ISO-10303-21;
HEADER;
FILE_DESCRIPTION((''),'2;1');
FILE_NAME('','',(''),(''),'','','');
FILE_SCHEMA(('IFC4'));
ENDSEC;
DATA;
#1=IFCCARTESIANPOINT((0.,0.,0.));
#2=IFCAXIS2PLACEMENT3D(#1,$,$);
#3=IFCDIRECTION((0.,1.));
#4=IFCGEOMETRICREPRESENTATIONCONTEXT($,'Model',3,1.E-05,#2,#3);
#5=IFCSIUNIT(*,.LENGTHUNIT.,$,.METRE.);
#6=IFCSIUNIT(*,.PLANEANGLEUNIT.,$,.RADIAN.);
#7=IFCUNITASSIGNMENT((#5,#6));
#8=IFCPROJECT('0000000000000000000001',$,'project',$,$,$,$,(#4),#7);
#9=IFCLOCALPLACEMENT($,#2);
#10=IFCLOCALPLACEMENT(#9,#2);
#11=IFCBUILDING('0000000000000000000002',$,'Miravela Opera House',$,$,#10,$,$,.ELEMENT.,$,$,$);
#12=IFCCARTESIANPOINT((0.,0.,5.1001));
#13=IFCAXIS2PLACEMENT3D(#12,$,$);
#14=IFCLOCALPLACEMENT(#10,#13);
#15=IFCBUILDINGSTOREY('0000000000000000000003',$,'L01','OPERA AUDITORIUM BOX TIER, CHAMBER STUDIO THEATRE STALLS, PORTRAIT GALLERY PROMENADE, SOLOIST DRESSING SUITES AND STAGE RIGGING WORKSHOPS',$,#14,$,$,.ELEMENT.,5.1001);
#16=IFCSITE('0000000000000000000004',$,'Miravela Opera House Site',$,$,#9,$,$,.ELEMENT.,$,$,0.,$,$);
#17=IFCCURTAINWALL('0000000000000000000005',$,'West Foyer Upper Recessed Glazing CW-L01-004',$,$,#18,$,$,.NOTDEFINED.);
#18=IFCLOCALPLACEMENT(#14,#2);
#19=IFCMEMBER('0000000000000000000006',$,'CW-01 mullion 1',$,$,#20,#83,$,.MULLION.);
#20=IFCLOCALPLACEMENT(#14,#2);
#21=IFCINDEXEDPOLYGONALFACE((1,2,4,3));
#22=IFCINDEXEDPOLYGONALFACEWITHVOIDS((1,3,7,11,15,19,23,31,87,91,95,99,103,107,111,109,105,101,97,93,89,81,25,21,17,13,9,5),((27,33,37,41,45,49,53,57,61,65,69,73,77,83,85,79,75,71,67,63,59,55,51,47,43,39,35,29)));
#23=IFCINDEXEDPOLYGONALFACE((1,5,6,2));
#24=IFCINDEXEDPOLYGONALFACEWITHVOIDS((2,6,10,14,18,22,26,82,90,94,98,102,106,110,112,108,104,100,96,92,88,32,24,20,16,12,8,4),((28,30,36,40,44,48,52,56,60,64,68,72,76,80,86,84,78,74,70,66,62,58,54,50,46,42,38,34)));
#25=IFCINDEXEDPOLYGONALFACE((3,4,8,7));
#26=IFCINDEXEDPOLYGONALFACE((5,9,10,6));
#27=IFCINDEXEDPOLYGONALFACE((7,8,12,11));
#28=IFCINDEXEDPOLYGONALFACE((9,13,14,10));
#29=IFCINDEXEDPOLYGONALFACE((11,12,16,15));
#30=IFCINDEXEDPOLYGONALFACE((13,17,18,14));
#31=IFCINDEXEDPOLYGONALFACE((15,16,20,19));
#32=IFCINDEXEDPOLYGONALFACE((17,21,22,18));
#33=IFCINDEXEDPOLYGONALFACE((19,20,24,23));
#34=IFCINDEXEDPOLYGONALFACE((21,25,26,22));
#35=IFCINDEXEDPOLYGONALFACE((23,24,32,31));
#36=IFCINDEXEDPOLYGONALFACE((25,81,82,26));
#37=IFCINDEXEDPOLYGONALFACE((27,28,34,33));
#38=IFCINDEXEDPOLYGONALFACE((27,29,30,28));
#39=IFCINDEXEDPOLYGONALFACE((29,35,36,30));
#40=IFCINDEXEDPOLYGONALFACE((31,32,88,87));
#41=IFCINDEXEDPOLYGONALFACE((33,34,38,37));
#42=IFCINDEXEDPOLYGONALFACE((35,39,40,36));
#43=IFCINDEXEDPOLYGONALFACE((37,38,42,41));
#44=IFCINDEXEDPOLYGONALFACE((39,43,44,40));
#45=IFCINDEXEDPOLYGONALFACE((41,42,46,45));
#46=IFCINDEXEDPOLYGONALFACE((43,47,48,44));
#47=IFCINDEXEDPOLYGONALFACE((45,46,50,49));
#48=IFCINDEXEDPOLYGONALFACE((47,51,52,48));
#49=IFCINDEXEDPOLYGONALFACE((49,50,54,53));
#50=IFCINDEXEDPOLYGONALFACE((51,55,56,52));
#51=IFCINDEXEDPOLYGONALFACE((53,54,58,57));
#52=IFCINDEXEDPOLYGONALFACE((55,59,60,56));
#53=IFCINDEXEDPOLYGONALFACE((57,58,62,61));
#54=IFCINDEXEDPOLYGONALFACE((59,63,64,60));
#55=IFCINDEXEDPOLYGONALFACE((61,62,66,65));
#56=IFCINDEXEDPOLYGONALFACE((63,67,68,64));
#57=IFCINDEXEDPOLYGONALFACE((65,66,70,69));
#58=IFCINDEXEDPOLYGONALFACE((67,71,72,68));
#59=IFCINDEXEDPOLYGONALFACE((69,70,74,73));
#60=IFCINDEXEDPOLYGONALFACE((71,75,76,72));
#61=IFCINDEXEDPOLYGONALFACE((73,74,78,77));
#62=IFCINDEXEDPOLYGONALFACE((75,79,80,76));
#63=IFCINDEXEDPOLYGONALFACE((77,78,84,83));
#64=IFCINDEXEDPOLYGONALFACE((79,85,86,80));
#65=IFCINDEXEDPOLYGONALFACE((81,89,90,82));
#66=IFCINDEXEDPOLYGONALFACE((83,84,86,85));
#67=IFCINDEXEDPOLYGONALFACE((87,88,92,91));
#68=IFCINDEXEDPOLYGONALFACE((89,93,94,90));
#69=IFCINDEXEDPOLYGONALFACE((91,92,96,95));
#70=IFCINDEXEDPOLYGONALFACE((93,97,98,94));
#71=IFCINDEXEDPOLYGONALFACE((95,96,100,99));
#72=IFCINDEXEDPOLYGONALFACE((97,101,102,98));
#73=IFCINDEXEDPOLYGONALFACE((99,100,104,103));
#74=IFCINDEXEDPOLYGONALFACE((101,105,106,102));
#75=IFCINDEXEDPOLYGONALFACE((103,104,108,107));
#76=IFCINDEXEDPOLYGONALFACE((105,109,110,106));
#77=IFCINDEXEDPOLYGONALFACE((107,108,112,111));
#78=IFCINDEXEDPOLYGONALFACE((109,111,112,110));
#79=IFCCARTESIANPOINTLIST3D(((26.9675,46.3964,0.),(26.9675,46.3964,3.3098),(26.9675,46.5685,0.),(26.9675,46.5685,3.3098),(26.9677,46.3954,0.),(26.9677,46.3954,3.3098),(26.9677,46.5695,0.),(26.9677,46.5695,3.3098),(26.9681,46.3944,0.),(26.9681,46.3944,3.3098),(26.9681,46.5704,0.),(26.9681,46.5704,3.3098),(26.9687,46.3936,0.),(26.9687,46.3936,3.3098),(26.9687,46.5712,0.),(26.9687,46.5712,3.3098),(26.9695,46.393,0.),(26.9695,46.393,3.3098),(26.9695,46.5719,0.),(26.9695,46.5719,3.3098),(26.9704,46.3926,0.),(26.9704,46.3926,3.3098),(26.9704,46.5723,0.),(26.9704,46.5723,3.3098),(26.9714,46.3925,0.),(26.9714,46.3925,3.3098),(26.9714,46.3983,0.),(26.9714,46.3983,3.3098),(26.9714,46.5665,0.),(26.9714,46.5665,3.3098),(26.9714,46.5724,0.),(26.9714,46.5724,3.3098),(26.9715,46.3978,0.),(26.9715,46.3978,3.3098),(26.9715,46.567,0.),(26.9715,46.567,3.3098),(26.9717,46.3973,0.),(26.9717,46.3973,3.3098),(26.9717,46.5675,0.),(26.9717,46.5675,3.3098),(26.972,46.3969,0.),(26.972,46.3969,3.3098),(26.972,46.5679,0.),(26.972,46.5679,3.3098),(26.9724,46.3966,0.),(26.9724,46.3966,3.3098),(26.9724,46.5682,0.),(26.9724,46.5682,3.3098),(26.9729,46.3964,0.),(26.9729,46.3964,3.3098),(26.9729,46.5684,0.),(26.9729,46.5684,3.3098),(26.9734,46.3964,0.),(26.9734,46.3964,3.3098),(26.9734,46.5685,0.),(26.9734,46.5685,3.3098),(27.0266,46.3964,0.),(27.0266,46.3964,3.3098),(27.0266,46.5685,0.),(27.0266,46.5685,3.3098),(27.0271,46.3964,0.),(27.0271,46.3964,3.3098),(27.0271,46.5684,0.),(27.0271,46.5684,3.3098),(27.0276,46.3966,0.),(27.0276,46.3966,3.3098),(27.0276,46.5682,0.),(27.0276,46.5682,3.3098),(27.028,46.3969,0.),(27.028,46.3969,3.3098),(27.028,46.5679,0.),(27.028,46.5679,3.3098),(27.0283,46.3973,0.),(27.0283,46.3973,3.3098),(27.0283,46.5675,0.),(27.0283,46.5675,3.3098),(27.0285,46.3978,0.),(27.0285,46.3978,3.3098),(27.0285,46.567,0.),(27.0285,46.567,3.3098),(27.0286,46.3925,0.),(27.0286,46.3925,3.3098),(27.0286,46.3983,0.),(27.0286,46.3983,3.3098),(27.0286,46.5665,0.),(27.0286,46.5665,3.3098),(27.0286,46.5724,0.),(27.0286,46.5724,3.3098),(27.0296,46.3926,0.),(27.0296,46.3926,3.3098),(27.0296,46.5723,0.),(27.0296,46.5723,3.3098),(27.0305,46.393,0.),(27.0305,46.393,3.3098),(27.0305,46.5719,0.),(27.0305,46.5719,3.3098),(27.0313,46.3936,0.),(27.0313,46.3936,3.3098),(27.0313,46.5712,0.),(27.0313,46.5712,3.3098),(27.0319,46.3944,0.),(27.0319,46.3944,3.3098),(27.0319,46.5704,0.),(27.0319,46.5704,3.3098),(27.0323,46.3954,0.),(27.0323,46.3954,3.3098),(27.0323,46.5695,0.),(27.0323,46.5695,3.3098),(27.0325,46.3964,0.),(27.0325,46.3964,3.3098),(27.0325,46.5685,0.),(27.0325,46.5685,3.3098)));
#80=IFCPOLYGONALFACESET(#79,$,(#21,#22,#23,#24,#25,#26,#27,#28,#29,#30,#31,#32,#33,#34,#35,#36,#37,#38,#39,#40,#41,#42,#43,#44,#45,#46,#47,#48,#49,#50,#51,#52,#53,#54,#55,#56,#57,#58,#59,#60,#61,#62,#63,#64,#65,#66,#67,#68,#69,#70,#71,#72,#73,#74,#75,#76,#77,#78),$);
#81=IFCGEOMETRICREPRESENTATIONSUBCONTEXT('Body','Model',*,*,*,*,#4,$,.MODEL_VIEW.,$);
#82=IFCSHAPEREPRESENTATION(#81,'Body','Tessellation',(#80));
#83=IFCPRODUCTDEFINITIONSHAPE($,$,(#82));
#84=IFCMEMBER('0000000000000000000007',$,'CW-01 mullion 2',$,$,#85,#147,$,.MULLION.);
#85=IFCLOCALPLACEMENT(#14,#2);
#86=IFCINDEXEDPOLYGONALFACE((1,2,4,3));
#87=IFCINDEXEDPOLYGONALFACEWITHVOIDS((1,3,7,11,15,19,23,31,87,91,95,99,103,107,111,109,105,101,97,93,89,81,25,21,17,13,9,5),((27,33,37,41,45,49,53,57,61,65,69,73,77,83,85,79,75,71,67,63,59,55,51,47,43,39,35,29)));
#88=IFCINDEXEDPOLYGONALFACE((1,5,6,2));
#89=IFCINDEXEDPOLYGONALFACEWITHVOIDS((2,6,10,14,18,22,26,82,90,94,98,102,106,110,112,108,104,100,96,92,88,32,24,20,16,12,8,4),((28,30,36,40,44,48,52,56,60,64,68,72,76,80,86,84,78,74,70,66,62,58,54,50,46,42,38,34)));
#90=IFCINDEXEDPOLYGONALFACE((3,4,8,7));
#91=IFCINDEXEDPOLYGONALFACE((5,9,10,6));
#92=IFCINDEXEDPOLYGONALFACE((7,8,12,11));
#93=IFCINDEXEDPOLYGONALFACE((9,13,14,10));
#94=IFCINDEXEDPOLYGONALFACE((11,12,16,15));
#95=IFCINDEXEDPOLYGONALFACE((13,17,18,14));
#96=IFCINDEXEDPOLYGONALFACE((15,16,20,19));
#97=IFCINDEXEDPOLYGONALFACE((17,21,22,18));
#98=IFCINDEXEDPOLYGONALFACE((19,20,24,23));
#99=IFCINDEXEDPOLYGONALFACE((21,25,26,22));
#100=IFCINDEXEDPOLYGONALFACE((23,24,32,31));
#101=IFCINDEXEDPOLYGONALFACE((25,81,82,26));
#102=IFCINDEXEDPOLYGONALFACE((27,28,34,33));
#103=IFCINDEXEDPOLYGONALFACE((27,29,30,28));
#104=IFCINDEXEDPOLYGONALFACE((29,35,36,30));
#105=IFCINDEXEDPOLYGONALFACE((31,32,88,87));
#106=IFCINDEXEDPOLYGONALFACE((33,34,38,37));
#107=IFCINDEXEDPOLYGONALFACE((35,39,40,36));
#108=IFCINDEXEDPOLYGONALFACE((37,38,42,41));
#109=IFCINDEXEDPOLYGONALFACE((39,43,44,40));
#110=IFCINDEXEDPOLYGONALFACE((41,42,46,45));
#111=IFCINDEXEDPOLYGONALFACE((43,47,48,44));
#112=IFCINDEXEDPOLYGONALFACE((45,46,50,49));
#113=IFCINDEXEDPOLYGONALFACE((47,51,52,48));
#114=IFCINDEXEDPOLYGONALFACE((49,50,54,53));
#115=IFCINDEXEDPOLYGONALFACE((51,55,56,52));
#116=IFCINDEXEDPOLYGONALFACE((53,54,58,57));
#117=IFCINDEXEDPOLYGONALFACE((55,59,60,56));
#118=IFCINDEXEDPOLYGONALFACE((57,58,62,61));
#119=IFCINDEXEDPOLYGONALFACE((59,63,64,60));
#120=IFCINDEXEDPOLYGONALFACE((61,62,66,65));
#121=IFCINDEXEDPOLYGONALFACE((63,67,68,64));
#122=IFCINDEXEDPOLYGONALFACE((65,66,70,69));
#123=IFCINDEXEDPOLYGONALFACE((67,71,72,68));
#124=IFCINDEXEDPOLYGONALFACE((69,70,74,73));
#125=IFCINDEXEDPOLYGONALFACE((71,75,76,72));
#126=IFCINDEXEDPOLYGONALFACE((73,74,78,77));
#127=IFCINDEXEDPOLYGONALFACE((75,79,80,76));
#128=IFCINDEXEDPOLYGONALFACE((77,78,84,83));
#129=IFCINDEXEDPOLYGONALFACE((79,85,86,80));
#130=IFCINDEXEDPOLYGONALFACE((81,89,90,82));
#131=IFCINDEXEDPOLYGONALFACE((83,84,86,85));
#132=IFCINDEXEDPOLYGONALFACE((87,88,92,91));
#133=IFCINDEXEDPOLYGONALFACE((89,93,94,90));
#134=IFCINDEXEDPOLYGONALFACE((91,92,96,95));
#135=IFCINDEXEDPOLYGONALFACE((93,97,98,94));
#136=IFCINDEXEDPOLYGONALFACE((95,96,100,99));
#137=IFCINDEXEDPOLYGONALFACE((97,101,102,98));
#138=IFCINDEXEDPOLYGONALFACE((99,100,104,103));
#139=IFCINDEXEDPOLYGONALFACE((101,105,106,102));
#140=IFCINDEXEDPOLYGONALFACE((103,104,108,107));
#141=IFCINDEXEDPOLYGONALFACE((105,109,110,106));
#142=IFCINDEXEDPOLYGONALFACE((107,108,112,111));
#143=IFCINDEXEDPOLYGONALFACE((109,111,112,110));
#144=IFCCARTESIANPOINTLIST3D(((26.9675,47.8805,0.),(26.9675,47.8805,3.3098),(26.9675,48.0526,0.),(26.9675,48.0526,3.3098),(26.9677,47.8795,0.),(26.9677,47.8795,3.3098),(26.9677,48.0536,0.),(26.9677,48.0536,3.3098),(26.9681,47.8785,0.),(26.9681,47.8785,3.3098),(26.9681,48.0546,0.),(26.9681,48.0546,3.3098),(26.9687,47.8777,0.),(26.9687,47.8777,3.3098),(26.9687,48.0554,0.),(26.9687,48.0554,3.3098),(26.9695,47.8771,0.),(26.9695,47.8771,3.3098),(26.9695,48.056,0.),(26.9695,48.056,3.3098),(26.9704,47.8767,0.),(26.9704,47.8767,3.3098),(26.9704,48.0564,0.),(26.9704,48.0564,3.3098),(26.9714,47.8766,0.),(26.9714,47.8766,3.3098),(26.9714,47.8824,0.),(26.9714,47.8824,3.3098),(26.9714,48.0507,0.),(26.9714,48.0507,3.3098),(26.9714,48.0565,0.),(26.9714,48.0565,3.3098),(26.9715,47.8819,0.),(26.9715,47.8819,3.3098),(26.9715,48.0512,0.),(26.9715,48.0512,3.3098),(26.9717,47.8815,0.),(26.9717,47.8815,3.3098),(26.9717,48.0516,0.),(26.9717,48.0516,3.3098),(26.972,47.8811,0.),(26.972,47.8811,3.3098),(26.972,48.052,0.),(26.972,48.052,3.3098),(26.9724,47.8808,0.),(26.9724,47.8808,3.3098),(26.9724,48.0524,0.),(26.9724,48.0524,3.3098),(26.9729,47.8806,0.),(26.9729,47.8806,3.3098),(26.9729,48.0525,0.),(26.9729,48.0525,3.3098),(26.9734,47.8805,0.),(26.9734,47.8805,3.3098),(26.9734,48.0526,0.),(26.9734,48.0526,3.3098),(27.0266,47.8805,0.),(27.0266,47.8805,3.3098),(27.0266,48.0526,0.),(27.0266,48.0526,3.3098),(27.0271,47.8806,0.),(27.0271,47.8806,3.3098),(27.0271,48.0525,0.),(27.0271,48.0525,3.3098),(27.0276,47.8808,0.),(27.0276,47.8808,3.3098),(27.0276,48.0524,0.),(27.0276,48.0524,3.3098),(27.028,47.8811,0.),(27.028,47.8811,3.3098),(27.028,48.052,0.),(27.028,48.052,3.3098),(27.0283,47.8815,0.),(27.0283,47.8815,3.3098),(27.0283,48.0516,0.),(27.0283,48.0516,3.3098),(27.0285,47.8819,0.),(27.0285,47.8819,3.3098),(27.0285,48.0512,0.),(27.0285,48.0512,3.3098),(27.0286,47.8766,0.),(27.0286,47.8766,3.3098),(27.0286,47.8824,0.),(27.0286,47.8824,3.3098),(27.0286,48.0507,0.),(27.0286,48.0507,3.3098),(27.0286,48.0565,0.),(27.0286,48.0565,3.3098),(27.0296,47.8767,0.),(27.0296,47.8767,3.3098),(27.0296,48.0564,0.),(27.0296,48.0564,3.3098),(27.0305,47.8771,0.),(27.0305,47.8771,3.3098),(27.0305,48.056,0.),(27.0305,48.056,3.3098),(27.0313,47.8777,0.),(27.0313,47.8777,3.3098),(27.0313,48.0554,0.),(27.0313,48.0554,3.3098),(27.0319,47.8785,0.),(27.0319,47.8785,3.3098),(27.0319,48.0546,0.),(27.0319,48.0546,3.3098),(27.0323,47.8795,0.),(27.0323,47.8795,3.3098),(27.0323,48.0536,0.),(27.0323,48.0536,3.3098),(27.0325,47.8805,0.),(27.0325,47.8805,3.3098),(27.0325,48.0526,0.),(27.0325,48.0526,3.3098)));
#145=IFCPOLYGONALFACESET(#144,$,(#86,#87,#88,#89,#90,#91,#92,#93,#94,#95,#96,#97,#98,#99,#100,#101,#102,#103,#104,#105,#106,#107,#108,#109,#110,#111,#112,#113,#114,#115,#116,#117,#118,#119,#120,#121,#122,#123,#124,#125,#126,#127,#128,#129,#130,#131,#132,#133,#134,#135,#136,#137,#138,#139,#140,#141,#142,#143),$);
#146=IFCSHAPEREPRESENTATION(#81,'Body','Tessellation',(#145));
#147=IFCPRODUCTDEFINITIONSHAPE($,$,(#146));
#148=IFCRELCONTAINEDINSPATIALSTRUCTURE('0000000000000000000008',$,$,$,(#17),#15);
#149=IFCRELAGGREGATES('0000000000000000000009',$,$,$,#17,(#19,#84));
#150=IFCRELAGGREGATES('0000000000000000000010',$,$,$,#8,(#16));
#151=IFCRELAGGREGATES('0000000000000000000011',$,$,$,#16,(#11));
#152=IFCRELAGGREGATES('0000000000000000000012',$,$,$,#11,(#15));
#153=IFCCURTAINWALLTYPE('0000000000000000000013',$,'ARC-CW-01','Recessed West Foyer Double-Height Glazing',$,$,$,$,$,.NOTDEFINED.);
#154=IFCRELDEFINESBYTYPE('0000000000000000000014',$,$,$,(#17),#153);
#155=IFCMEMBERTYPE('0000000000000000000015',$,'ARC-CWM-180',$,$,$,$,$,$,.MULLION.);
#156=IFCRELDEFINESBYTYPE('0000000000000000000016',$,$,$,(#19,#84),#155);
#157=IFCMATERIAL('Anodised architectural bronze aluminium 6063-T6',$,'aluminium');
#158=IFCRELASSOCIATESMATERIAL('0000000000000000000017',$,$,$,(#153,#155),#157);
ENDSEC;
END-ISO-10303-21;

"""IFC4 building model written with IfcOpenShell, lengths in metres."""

from ifc_helpers import new_model, si_unit, direction, frame, origin, origin_2d, place, context, subcontext, project, spatial, hollow_rectangle, extrude, material, material_profile, profile_set, type_object, element, aggregate, save


model = new_model("IFC4")

# Units and contexts
model_context = context("Model", 3, precision=1e-05, world=origin(), true_north=direction((0.0, 1.0)))
body_context = subcontext(model_context, "Body", "Model", "MODEL_VIEW")
ifc_project = project(units=[si_unit("LENGTHUNIT", "METRE"), si_unit("PLANEANGLEUNIT", "RADIAN")], contexts=[model_context])

# Site, building, storey
site_placement = place(None, origin())
site = spatial("IfcSite", under=ifc_project, at=site_placement, Name="Miravela Opera House Site", CompositionType="ELEMENT", RefElevation=0.0)
building_placement = place(site_placement, origin())
building = spatial("IfcBuilding", under=site, at=building_placement, Name="Miravela Opera House", CompositionType="ELEMENT")
storey_placement = place(building_placement, frame((0.0, 0.0, 5.1001)))
storey = spatial("IfcBuildingStorey", under=building, at=storey_placement, Name="L01", Description="OPERA AUDITORIUM BOX TIER, CHAMBER STUDIO THEATRE STALLS, PORTRAIT GALLERY PROMENADE, SOLOIST DRESSING SUITES AND STAGE RIGGING WORKSHOPS", CompositionType="ELEMENT", Elevation=5.1001)

# Curtain wall, members
ifc_material_1 = material(Name="Anodised architectural bronze aluminium 6063-T6", Category="aluminium")
curtain_wall_type = type_object("IfcCurtainWallType", Name="ARC-CW-01", Description="Recessed West Foyer Double-Height Glazing", PredefinedType="NOTDEFINED", material=ifc_material_1)
ifc_material_profile_1 = material_profile(ifc_material_1, hollow_rectangle(XDim=0.0649, YDim=0.1799, WallThickness=0.0039, InnerFilletRadius=0.002, OuterFilletRadius=0.0039, at=origin_2d()), Name="CWM-65X180")
ifc_profile_set_1 = profile_set([ifc_material_profile_1])
member_type_1 = type_object("IfcMemberType", Name="ARC-CWM-180", PredefinedType="MULLION", material=ifc_profile_set_1)
curtain_wall_1_placement = place(storey_placement, origin())
curtain_wall_1 = element("IfcCurtainWall", 1, at=curtain_wall_1_placement, inside=storey, type_object=curtain_wall_type, Name="West Foyer Upper Recessed Glazing CW-L01-004", PredefinedType="NOTDEFINED")
member_1_placement = place(storey_placement, frame((27.0, 46.4824, 0.0), z_axis=(0.0, 0.0, 1.0), x_axis=(-1.0, 0.0, 0.0)))
member_1 = element("IfcMember", 2, at=member_1_placement, type_object=member_type_1, Name="CW-01 mullion 1", PredefinedType="MULLION", context=body_context, shape_type="SweptSolid", body=[
    extrude(hollow_rectangle(XDim=0.0649, YDim=0.1799, WallThickness=0.0039, InnerFilletRadius=0.002, OuterFilletRadius=0.0039, at=origin_2d()), origin(), (0.0, 0.0, 1.0), 3.3098),
])
member_2_placement = place(storey_placement, frame((27.0, 47.9666, 0.0), z_axis=(0.0, 0.0, 1.0), x_axis=(-1.0, 0.0, 0.0)))
member_2 = element("IfcMember", 3, at=member_2_placement, type_object=member_type_1, Name="CW-01 mullion 2", PredefinedType="MULLION", context=body_context, shape_type="SweptSolid", body=[
    extrude(hollow_rectangle(XDim=0.0649, YDim=0.1799, WallThickness=0.0039, InnerFilletRadius=0.002, OuterFilletRadius=0.0039, at=origin_2d()), origin(), (0.0, 0.0, 1.0), 3.3098),
])

aggregate(curtain_wall_1, [member_1, member_2])

save(model, "model.ifc")
